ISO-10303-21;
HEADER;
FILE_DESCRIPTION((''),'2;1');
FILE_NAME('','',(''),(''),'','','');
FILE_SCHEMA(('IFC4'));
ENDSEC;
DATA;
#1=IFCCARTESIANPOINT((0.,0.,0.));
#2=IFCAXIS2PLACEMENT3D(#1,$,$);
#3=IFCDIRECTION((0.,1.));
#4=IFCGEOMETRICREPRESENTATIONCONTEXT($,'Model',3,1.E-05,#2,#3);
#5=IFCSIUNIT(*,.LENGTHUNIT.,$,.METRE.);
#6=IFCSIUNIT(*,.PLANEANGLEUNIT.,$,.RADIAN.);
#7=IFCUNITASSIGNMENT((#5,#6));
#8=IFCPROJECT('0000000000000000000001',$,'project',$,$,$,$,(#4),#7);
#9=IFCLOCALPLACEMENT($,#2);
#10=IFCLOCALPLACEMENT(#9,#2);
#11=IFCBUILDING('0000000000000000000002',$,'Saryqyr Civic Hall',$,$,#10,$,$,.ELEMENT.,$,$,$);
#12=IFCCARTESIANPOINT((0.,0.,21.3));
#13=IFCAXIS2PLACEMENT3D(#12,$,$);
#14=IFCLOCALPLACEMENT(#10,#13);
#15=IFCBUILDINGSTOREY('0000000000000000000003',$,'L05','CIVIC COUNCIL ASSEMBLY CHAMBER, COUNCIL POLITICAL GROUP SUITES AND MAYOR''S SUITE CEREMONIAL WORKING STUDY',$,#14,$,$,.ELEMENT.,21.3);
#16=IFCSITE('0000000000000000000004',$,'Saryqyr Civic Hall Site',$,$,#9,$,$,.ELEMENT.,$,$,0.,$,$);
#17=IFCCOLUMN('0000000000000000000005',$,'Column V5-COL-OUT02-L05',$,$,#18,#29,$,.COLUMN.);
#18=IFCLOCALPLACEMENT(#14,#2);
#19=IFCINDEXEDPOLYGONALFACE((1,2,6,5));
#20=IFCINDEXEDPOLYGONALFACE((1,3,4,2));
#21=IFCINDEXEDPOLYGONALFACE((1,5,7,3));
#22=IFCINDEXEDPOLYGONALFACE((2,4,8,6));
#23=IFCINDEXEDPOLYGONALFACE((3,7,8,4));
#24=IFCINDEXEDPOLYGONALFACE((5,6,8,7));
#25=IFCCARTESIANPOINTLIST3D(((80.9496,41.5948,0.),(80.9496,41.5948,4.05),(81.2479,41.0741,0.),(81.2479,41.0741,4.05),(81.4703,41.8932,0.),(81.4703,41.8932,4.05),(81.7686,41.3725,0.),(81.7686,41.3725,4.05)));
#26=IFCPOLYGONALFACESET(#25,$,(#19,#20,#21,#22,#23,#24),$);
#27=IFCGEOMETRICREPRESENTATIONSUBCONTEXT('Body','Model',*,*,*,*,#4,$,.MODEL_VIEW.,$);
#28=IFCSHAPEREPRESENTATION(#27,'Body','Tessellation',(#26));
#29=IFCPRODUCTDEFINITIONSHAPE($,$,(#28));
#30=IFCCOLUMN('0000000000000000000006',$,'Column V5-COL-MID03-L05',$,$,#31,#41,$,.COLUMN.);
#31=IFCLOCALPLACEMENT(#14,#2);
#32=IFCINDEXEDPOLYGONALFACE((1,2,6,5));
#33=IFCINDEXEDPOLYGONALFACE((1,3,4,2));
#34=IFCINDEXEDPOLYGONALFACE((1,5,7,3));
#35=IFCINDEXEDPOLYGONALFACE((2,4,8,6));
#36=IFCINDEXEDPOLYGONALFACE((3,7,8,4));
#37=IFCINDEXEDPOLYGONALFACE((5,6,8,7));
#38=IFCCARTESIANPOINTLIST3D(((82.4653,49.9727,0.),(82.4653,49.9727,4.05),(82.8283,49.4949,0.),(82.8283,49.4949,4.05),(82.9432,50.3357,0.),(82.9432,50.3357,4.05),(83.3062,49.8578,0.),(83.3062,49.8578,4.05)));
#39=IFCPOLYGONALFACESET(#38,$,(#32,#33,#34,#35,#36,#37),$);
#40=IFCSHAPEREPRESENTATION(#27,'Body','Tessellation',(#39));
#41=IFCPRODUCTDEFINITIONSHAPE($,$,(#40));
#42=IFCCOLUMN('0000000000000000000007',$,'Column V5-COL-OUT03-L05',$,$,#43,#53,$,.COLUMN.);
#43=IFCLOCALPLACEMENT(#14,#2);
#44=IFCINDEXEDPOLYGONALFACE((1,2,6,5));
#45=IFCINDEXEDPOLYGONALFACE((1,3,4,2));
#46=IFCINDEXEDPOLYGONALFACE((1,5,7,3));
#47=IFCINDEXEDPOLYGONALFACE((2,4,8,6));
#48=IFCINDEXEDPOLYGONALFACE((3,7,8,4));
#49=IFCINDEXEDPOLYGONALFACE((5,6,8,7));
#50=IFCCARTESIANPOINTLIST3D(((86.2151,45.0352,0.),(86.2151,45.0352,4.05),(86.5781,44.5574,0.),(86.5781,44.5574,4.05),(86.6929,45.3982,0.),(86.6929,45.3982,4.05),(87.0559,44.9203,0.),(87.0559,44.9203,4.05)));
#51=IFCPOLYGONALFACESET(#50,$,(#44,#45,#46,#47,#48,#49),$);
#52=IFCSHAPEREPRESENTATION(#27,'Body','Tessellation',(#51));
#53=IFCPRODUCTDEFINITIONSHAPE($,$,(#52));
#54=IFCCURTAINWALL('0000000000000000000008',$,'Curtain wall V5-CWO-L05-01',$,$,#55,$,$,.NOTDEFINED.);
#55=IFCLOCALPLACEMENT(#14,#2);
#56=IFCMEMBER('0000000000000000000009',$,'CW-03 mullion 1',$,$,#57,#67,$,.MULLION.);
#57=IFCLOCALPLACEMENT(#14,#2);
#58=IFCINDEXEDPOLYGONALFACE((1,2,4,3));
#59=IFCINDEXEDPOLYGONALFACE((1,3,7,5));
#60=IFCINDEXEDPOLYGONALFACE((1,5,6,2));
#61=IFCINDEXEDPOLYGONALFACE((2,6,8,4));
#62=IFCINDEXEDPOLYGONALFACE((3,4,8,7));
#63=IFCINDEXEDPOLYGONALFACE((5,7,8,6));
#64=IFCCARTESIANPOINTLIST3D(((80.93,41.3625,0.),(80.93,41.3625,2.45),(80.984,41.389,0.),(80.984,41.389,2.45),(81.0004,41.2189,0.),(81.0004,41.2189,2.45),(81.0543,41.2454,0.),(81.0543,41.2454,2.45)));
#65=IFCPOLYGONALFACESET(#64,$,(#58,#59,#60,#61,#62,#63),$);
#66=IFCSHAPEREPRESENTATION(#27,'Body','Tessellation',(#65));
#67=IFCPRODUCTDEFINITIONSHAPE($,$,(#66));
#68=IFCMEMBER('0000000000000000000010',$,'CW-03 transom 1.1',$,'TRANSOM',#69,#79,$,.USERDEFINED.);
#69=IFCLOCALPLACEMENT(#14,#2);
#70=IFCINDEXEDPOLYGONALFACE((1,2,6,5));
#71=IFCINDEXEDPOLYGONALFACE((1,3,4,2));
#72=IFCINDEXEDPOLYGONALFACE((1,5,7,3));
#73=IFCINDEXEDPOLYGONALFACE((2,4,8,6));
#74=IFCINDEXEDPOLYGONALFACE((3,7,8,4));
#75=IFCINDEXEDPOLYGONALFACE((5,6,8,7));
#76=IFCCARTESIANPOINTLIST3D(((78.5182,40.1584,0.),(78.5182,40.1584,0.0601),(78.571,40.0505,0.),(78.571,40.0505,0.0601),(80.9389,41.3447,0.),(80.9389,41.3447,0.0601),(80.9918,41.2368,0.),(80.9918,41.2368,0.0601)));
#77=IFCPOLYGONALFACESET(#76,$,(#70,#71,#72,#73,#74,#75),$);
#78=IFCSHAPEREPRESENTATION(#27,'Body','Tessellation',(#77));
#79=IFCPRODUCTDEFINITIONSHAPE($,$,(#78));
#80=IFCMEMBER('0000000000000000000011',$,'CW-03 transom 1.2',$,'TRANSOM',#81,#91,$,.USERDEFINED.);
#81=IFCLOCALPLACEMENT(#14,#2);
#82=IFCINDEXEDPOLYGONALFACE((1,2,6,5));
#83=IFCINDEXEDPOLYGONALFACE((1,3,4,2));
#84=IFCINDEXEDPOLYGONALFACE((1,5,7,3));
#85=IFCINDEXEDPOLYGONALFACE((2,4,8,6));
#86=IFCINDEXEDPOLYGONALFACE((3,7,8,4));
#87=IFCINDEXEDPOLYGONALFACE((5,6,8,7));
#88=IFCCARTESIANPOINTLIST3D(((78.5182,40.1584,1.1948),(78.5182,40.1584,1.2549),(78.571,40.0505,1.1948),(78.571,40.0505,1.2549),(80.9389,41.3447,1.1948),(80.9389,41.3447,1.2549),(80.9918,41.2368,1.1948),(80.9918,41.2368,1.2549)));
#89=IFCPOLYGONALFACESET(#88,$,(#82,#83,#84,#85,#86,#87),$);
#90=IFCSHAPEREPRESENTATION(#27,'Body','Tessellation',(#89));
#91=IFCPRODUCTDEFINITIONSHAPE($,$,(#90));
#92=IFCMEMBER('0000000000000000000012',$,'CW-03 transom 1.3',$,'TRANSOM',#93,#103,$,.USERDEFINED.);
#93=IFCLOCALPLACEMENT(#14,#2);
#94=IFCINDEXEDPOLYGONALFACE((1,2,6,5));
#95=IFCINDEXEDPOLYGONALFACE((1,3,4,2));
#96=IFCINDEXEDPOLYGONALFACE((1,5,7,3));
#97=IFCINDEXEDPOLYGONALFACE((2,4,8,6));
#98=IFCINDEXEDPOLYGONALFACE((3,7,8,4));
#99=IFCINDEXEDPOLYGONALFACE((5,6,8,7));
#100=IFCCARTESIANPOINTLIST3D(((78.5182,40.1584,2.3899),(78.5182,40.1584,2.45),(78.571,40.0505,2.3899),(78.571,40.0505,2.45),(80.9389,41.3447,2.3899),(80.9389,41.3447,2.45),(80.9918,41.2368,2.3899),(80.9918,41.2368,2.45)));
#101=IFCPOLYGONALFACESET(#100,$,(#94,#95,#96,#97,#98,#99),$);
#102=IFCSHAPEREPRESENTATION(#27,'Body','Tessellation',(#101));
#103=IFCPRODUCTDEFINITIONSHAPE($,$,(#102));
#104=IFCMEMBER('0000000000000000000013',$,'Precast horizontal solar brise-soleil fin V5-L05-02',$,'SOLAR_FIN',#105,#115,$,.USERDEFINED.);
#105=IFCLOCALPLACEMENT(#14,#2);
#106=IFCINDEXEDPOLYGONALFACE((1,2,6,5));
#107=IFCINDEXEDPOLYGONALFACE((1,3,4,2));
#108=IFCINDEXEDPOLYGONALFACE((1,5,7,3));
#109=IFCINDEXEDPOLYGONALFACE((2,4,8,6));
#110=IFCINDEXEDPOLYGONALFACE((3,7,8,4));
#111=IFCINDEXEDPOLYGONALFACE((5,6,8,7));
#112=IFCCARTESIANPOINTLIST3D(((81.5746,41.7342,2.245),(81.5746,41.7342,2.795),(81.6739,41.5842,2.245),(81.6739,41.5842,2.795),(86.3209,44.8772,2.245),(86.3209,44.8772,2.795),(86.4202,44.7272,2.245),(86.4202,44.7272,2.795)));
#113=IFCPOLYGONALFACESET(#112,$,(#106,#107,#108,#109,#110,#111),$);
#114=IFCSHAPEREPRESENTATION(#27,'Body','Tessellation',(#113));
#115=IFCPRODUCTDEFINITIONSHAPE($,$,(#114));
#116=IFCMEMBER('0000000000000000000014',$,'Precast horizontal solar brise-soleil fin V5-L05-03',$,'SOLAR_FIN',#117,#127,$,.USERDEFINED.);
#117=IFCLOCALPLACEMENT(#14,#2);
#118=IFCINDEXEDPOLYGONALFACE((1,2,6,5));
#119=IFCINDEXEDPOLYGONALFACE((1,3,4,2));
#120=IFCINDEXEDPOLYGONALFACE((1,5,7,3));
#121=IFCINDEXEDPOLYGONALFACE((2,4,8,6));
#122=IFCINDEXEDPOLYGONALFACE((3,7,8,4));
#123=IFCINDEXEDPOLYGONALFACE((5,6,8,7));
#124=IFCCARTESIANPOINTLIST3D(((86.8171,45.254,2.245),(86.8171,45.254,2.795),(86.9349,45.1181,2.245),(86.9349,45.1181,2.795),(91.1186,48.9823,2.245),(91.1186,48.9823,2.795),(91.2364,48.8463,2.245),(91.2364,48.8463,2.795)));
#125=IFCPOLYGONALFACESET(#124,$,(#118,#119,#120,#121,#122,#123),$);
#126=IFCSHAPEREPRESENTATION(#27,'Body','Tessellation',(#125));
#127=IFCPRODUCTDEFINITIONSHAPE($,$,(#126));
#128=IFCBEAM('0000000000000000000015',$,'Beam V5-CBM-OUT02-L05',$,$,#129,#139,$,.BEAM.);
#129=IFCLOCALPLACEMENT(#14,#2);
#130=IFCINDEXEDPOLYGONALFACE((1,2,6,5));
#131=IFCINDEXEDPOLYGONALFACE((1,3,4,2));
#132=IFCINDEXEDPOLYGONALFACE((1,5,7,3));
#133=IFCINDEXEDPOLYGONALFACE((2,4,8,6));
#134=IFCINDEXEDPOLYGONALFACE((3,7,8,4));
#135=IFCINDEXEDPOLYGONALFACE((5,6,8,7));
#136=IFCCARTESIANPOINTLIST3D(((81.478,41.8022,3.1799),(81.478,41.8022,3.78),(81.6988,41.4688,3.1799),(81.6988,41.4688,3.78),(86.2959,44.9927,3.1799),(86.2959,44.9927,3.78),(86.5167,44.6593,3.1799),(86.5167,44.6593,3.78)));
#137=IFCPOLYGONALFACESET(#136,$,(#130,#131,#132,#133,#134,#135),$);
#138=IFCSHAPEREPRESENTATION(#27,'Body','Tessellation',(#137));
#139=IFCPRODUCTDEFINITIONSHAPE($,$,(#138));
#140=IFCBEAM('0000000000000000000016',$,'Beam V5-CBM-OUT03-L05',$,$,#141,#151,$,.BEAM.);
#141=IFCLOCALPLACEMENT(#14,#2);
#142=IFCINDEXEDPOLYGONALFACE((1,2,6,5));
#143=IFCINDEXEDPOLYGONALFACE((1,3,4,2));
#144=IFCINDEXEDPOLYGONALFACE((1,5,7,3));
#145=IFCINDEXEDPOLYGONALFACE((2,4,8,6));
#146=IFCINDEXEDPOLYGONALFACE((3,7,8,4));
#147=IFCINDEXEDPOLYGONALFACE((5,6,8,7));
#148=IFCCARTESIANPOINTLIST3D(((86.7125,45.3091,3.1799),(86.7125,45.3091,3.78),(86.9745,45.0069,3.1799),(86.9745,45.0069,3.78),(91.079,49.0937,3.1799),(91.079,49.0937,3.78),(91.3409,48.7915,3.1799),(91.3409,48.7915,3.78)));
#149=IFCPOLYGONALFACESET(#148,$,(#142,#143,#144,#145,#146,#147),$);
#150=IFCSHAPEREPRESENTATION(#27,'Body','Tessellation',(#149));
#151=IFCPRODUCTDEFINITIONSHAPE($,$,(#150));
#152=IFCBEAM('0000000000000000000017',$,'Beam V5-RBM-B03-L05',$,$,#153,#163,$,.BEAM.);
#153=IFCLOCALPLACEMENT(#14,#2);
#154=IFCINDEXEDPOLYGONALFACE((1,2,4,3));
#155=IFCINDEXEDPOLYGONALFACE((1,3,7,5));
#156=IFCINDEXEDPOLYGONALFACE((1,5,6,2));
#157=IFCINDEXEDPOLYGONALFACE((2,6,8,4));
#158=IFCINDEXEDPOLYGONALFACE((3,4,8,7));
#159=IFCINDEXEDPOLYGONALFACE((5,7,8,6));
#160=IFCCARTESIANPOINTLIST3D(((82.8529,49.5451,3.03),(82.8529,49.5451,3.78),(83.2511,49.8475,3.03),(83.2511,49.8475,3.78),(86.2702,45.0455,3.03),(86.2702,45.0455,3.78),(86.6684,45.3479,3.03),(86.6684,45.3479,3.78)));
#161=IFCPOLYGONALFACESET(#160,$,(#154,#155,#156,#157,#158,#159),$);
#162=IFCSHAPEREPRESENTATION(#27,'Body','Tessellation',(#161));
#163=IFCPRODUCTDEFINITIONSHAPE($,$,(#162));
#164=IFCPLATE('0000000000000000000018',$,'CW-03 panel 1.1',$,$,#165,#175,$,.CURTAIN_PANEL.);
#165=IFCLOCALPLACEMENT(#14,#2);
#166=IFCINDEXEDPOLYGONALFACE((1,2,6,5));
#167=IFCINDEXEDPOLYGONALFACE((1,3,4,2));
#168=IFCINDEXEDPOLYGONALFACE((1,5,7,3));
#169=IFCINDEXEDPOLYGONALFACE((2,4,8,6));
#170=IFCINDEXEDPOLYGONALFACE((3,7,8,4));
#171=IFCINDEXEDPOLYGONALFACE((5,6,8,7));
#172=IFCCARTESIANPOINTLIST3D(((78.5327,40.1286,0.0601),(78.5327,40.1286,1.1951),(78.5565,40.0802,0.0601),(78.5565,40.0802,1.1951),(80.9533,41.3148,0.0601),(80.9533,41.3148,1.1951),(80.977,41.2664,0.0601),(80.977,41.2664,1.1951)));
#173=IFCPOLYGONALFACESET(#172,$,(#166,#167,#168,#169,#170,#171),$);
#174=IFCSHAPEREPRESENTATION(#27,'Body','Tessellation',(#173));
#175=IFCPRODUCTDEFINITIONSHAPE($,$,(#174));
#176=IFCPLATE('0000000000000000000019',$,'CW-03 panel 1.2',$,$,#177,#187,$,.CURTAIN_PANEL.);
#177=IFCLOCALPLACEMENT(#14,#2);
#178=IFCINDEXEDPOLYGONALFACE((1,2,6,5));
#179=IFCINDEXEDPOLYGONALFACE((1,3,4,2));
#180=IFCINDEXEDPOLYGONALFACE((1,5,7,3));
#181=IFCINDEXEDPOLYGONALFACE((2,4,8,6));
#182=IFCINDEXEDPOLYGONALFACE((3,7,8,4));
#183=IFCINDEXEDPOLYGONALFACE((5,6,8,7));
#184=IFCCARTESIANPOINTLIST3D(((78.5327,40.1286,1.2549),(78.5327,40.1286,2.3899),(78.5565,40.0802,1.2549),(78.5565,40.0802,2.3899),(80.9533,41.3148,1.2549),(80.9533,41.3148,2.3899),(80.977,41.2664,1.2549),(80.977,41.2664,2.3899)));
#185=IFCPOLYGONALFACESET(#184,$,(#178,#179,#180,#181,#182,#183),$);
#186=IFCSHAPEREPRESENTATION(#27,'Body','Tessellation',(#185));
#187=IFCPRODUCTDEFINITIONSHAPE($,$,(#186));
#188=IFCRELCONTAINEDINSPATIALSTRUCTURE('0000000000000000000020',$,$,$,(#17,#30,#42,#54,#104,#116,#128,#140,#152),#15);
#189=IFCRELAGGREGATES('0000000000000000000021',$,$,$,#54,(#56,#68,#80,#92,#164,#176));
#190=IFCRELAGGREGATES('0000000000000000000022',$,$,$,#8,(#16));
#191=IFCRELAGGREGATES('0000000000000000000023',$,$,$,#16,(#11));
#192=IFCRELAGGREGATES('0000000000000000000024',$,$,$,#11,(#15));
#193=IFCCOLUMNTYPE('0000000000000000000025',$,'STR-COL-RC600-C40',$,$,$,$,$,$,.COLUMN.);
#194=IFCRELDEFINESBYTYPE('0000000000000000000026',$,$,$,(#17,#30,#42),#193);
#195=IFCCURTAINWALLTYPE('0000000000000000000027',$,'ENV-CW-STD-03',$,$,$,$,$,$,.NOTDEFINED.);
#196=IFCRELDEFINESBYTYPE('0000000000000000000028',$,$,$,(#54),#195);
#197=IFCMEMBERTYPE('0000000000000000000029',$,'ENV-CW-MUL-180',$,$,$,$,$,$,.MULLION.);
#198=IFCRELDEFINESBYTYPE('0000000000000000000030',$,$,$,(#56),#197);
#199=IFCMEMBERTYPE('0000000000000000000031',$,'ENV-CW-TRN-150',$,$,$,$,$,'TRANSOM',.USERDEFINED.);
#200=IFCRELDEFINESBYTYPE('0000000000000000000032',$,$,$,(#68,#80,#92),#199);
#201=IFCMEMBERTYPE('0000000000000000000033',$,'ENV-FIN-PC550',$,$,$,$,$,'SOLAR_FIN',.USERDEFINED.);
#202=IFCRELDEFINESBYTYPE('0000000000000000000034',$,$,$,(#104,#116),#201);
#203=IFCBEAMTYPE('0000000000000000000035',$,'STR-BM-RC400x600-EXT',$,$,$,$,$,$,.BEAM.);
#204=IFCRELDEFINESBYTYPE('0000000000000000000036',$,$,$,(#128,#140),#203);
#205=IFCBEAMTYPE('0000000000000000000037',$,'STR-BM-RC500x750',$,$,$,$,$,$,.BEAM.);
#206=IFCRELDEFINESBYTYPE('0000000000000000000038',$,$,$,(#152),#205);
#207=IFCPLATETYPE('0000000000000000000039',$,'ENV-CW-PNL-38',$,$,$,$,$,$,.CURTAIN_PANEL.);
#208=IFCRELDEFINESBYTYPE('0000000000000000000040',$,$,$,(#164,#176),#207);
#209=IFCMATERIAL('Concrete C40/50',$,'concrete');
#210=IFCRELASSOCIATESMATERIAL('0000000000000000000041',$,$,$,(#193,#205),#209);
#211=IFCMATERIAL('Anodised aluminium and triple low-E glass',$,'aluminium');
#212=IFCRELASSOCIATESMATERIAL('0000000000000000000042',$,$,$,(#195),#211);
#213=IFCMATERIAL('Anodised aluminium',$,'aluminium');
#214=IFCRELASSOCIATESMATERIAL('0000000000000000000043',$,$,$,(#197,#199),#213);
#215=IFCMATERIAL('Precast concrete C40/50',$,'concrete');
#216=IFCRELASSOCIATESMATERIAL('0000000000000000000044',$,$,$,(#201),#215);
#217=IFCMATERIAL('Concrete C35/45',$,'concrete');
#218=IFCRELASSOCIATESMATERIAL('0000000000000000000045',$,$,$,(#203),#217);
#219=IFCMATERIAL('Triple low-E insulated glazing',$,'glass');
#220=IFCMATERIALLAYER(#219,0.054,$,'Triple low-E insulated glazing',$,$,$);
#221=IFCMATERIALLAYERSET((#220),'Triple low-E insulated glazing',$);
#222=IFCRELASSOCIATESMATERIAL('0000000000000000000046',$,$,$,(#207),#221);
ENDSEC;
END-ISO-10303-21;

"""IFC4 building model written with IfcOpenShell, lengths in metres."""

from ifc_helpers import new_model, si_unit, direction, frame, origin, origin_2d, place, context, subcontext, project, spatial, rectangle, extrude, material, layer, layer_set, material_profile, profile_set, type_object, element, aggregate, save


model = new_model("IFC4")

# Units and contexts
model_context = context("Model", 3, precision=1e-05, world=origin(), true_north=direction((0.0, 1.0)))
body_context = subcontext(model_context, "Body", "Model", "MODEL_VIEW")
ifc_project = project(units=[si_unit("LENGTHUNIT", "METRE"), si_unit("PLANEANGLEUNIT", "RADIAN")], contexts=[model_context])

# Site, building, storey
site_placement = place(None, origin())
site = spatial("IfcSite", under=ifc_project, at=site_placement, Name="Saryqyr Civic Hall Site", CompositionType="ELEMENT", RefElevation=0.0)
building_placement = place(site_placement, origin())
building = spatial("IfcBuilding", under=site, at=building_placement, Name="Saryqyr Civic Hall", CompositionType="ELEMENT")
storey_placement = place(building_placement, frame((0.0, 0.0, 21.3)))
storey = spatial("IfcBuildingStorey", under=building, at=storey_placement, Name="L05", Description="CIVIC COUNCIL ASSEMBLY CHAMBER, COUNCIL POLITICAL GROUP SUITES AND MAYOR'S SUITE CEREMONIAL WORKING STUDY", CompositionType="ELEMENT", Elevation=21.3)

# Columns
ifc_material_1 = material(Name="Concrete C40/50", Category="concrete")
ifc_material_profile_1 = material_profile(ifc_material_1, rectangle(XDim=0.6001, YDim=0.6001, at=origin_2d()), Name="RC 600x600")
ifc_profile_set_1 = profile_set([ifc_material_profile_1], Name="Concrete C40/50")
column_type = type_object("IfcColumnType", Name="STR-COL-RC600-C40", PredefinedType="COLUMN", material=ifc_profile_set_1)
for number, where, z_axis, x_axis, name in (
    (1, (81.3591, 41.4836, 0.0), (0.0, 0.0, 1.0), (0.497125, -0.867679, 0.0), "Column V5-COL-OUT02-L05"),
    (2, (82.8857, 49.9153, 0.0), (0.0, 0.0, 1.0), (0.604877, -0.796319, 0.0), "Column V5-COL-MID03-L05"),
    (3, (86.6355, 44.9778, 0.0), (0.0, 0.0, 1.0), (0.604877, -0.796319, 0.0), "Column V5-COL-OUT03-L05"),
):
    element("IfcColumn", number, at=place(storey_placement, frame(where, z_axis=z_axis, x_axis=x_axis)), inside=storey, type_object=column_type, Name=name, PredefinedType="COLUMN", context=body_context, shape_type="SweptSolid", body=[
        extrude(rectangle(XDim=0.6001, YDim=0.6001, at=origin_2d()), origin(), (0.0, 0.0, 1.0), 4.05),
    ])

# Curtain wall, members
ifc_material_2 = material(Name="Anodised aluminium and triple low-E glass", Category="aluminium")
curtain_wall_type = type_object("IfcCurtainWallType", Name="ENV-CW-STD-03", PredefinedType="NOTDEFINED", material=ifc_material_2)
curtain_wall_placement = place(storey_placement, origin())
curtain_wall = element("IfcCurtainWall", 4, at=curtain_wall_placement, inside=storey, type_object=curtain_wall_type, Name="Curtain wall V5-CWO-L05-01", PredefinedType="NOTDEFINED")
ifc_material_3 = material(Name="Anodised aluminium", Category="aluminium")
ifc_material_profile_2 = material_profile(ifc_material_3, rectangle(XDim=0.0601, YDim=0.1599, at=origin_2d()), Name="ALU MULLION 60x160")
ifc_profile_set_2 = profile_set([ifc_material_profile_2], Name="Anodised aluminium")
member_type_1 = type_object("IfcMemberType", Name="ENV-CW-MUL-180", PredefinedType="MULLION", material=ifc_profile_set_2)
member_1_placement = place(storey_placement, frame((80.9922, 41.304, 0.0), z_axis=(0.0, 0.0, 1.0), x_axis=(-0.897971, -0.440055, 0.0)))
member_1 = element("IfcMember", 5, at=member_1_placement, type_object=member_type_1, Name="CW-03 mullion 1", PredefinedType="MULLION", context=body_context, shape_type="SweptSolid", body=[
    extrude(rectangle(XDim=0.0601, YDim=0.1599, at=origin_2d()), origin(), (0.0, 0.0, 1.0), 2.45),
])
ifc_material_profile_3 = material_profile(ifc_material_3, rectangle(XDim=0.1201, YDim=0.0601, at=origin_2d()), Name="ALU TRANSOM 120x60")
ifc_profile_set_3 = profile_set([ifc_material_profile_3], Name="Anodised aluminium")
member_type_2 = type_object("IfcMemberType", Name="ENV-CW-TRN-150", ElementType="TRANSOM", PredefinedType="USERDEFINED", material=ifc_profile_set_3)
member_2_placement = place(storey_placement, frame((80.9653, 41.2908, 0.03), z_axis=(-0.897967, -0.440063, 0.0), x_axis=(0.440063, -0.897967, 0.0)))
member_2 = element("IfcMember", 6, at=member_2_placement, type_object=member_type_2, Name="CW-03 transom 1.1", ObjectType="TRANSOM", PredefinedType="USERDEFINED", context=body_context, shape_type="SweptSolid", body=[
    extrude(rectangle(XDim=0.1201, YDim=0.0601, at=origin_2d()), origin(), (0.0, 0.0, 1.0), 2.6958),
])
member_3_placement = place(storey_placement, frame((80.9653, 41.2908, 1.2249), z_axis=(-0.897967, -0.440063, 0.0), x_axis=(0.440063, -0.897967, 0.0)))
member_3 = element("IfcMember", 7, at=member_3_placement, type_object=member_type_2, Name="CW-03 transom 1.2", ObjectType="TRANSOM", PredefinedType="USERDEFINED", context=body_context, shape_type="SweptSolid", body=[
    extrude(rectangle(XDim=0.1201, YDim=0.0601, at=origin_2d()), origin(), (0.0, 0.0, 1.0), 2.6958),
])
member_4_placement = place(storey_placement, frame((80.9653, 41.2908, 2.4199), z_axis=(-0.897967, -0.440063, 0.0), x_axis=(0.440063, -0.897967, 0.0)))
member_4 = element("IfcMember", 8, at=member_4_placement, type_object=member_type_2, Name="CW-03 transom 1.3", ObjectType="TRANSOM", PredefinedType="USERDEFINED", context=body_context, shape_type="SweptSolid", body=[
    extrude(rectangle(XDim=0.1201, YDim=0.0601, at=origin_2d()), origin(), (0.0, 0.0, 1.0), 2.6958),
])

# Members
ifc_material_4 = material(Name="Precast concrete C40/50", Category="concrete")
ifc_material_profile_4 = material_profile(ifc_material_4, rectangle(XDim=0.1799, YDim=0.55, at=origin_2d()), Name="PC FIN 180x550")
ifc_profile_set_4 = profile_set([ifc_material_profile_4], Name="Precast concrete C40/50")
member_type_3 = type_object("IfcMemberType", Name="ENV-FIN-PC550", ElementType="SOLAR_FIN", PredefinedType="USERDEFINED", material=ifc_profile_set_4)
member_5_placement = place(storey_placement, frame((81.6243, 41.6592, 2.52), z_axis=(0.833762, 0.552124, 0.0), x_axis=(-0.552124, 0.833762, 0.0)))
element("IfcMember", 9, at=member_5_placement, inside=storey, type_object=member_type_3, Name="Precast horizontal solar brise-soleil fin V5-L05-02", ObjectType="SOLAR_FIN", PredefinedType="USERDEFINED", context=body_context, shape_type="SweptSolid", body=[
    extrude(rectangle(XDim=0.1799, YDim=0.55, at=origin_2d()), origin(), (0.0, 0.0, 1.0), 5.6926),
])
member_6_placement = place(storey_placement, frame((86.876, 45.186, 2.52), z_axis=(0.755664, 0.65496, 0.0), x_axis=(-0.65496, 0.755664, 0.0)))
element("IfcMember", 10, at=member_6_placement, inside=storey, type_object=member_type_3, Name="Precast horizontal solar brise-soleil fin V5-L05-03", ObjectType="SOLAR_FIN", PredefinedType="USERDEFINED", context=body_context, shape_type="SweptSolid", body=[
    extrude(rectangle(XDim=0.1799, YDim=0.55, at=origin_2d()), origin(), (0.0, 0.0, 1.0), 5.6924),
])

# Beams
ifc_material_5 = material(Name="Concrete C35/45", Category="concrete")
ifc_material_profile_5 = material_profile(ifc_material_5, rectangle(XDim=0.3999, YDim=0.6001, at=origin_2d()), Name="RC 400x600")
ifc_profile_set_5 = profile_set([ifc_material_profile_5], Name="Concrete C35/45")
beam_type_1 = type_object("IfcBeamType", Name="STR-BM-RC400x600-EXT", PredefinedType="BEAM", material=ifc_profile_set_5)
beam_1_placement = place(storey_placement, frame((81.5884, 41.6355, 3.48), z_axis=(0.833762, 0.552124, 0.0), x_axis=(-0.552124, 0.833762, 0.0)))
element("IfcBeam", 11, at=beam_1_placement, inside=storey, type_object=beam_type_1, Name="Beam V5-CBM-OUT02-L05", PredefinedType="BEAM", context=body_context, shape_type="SweptSolid", body=[
    extrude(rectangle(XDim=0.3999, YDim=0.6001, at=origin_2d()), origin(), (0.0, 0.0, 1.0), 5.7786),
])
beam_2_placement = place(storey_placement, frame((86.8435, 45.158, 3.48), z_axis=(0.755654, 0.654971, 0.0), x_axis=(-0.654971, 0.755654, 0.0)))
element("IfcBeam", 12, at=beam_2_placement, inside=storey, type_object=beam_type_1, Name="Beam V5-CBM-OUT03-L05", PredefinedType="BEAM", context=body_context, shape_type="SweptSolid", body=[
    extrude(rectangle(XDim=0.3999, YDim=0.6001, at=origin_2d()), origin(), (0.0, 0.0, 1.0), 5.7783),
])
ifc_material_profile_6 = material_profile(ifc_material_1, rectangle(XDim=0.5, YDim=0.75, at=origin_2d()), Name="RC 500x750")
ifc_profile_set_6 = profile_set([ifc_material_profile_6], Name="Concrete C40/50")
beam_type_2 = type_object("IfcBeamType", Name="STR-BM-RC500x750", PredefinedType="BEAM", material=ifc_profile_set_6)
beam_3_placement = place(storey_placement, frame((83.052, 49.6963, 3.405), z_axis=(0.604815, -0.796366, 0.0), x_axis=(0.796366, 0.604815, 0.0)))
element("IfcBeam", 13, at=beam_3_placement, inside=storey, type_object=beam_type_2, Name="Beam V5-RBM-B03-L05", PredefinedType="BEAM", context=body_context, shape_type="SweptSolid", body=[
    extrude(rectangle(XDim=0.5, YDim=0.75, at=origin_2d()), origin(), (0.0, 0.0, 1.0), 5.6501),
])

# Plates
ifc_material_6 = material(Name="Triple low-E insulated glazing", Category="glass")
ifc_layer_1 = layer(ifc_material_6, 0.054, Name="Triple low-E insulated glazing")
ifc_layer_set_1 = layer_set([ifc_layer_1], Name="Triple low-E insulated glazing")
plate_type = type_object("IfcPlateType", Name="ENV-CW-PNL-38", PredefinedType="CURTAIN_PANEL", material=ifc_layer_set_1)
plate_1_placement = place(storey_placement, frame((79.7549, 40.6975, 0.0601), z_axis=(0.0, 0.0, 1.0), x_axis=(-0.897971, -0.440055, 0.0)))
plate_1 = element("IfcPlate", 14, at=plate_1_placement, type_object=plate_type, Name="CW-03 panel 1.1", PredefinedType="CURTAIN_PANEL", context=body_context, shape_type="SweptSolid", body=[
    extrude(rectangle(XDim=2.6956, YDim=0.054, at=origin_2d()), origin(), (0.0, 0.0, 1.0), 1.135),
])
plate_2_placement = place(storey_placement, frame((79.7549, 40.6975, 1.2549), z_axis=(0.0, 0.0, 1.0), x_axis=(-0.897971, -0.440055, 0.0)))
plate_2 = element("IfcPlate", 15, at=plate_2_placement, type_object=plate_type, Name="CW-03 panel 1.2", PredefinedType="CURTAIN_PANEL", context=body_context, shape_type="SweptSolid", body=[
    extrude(rectangle(XDim=2.6956, YDim=0.054, at=origin_2d()), origin(), (0.0, 0.0, 1.0), 1.135),
])
aggregate(curtain_wall, [member_1, member_2, member_3, member_4, plate_1, plate_2])

save(model, "model.ifc")
